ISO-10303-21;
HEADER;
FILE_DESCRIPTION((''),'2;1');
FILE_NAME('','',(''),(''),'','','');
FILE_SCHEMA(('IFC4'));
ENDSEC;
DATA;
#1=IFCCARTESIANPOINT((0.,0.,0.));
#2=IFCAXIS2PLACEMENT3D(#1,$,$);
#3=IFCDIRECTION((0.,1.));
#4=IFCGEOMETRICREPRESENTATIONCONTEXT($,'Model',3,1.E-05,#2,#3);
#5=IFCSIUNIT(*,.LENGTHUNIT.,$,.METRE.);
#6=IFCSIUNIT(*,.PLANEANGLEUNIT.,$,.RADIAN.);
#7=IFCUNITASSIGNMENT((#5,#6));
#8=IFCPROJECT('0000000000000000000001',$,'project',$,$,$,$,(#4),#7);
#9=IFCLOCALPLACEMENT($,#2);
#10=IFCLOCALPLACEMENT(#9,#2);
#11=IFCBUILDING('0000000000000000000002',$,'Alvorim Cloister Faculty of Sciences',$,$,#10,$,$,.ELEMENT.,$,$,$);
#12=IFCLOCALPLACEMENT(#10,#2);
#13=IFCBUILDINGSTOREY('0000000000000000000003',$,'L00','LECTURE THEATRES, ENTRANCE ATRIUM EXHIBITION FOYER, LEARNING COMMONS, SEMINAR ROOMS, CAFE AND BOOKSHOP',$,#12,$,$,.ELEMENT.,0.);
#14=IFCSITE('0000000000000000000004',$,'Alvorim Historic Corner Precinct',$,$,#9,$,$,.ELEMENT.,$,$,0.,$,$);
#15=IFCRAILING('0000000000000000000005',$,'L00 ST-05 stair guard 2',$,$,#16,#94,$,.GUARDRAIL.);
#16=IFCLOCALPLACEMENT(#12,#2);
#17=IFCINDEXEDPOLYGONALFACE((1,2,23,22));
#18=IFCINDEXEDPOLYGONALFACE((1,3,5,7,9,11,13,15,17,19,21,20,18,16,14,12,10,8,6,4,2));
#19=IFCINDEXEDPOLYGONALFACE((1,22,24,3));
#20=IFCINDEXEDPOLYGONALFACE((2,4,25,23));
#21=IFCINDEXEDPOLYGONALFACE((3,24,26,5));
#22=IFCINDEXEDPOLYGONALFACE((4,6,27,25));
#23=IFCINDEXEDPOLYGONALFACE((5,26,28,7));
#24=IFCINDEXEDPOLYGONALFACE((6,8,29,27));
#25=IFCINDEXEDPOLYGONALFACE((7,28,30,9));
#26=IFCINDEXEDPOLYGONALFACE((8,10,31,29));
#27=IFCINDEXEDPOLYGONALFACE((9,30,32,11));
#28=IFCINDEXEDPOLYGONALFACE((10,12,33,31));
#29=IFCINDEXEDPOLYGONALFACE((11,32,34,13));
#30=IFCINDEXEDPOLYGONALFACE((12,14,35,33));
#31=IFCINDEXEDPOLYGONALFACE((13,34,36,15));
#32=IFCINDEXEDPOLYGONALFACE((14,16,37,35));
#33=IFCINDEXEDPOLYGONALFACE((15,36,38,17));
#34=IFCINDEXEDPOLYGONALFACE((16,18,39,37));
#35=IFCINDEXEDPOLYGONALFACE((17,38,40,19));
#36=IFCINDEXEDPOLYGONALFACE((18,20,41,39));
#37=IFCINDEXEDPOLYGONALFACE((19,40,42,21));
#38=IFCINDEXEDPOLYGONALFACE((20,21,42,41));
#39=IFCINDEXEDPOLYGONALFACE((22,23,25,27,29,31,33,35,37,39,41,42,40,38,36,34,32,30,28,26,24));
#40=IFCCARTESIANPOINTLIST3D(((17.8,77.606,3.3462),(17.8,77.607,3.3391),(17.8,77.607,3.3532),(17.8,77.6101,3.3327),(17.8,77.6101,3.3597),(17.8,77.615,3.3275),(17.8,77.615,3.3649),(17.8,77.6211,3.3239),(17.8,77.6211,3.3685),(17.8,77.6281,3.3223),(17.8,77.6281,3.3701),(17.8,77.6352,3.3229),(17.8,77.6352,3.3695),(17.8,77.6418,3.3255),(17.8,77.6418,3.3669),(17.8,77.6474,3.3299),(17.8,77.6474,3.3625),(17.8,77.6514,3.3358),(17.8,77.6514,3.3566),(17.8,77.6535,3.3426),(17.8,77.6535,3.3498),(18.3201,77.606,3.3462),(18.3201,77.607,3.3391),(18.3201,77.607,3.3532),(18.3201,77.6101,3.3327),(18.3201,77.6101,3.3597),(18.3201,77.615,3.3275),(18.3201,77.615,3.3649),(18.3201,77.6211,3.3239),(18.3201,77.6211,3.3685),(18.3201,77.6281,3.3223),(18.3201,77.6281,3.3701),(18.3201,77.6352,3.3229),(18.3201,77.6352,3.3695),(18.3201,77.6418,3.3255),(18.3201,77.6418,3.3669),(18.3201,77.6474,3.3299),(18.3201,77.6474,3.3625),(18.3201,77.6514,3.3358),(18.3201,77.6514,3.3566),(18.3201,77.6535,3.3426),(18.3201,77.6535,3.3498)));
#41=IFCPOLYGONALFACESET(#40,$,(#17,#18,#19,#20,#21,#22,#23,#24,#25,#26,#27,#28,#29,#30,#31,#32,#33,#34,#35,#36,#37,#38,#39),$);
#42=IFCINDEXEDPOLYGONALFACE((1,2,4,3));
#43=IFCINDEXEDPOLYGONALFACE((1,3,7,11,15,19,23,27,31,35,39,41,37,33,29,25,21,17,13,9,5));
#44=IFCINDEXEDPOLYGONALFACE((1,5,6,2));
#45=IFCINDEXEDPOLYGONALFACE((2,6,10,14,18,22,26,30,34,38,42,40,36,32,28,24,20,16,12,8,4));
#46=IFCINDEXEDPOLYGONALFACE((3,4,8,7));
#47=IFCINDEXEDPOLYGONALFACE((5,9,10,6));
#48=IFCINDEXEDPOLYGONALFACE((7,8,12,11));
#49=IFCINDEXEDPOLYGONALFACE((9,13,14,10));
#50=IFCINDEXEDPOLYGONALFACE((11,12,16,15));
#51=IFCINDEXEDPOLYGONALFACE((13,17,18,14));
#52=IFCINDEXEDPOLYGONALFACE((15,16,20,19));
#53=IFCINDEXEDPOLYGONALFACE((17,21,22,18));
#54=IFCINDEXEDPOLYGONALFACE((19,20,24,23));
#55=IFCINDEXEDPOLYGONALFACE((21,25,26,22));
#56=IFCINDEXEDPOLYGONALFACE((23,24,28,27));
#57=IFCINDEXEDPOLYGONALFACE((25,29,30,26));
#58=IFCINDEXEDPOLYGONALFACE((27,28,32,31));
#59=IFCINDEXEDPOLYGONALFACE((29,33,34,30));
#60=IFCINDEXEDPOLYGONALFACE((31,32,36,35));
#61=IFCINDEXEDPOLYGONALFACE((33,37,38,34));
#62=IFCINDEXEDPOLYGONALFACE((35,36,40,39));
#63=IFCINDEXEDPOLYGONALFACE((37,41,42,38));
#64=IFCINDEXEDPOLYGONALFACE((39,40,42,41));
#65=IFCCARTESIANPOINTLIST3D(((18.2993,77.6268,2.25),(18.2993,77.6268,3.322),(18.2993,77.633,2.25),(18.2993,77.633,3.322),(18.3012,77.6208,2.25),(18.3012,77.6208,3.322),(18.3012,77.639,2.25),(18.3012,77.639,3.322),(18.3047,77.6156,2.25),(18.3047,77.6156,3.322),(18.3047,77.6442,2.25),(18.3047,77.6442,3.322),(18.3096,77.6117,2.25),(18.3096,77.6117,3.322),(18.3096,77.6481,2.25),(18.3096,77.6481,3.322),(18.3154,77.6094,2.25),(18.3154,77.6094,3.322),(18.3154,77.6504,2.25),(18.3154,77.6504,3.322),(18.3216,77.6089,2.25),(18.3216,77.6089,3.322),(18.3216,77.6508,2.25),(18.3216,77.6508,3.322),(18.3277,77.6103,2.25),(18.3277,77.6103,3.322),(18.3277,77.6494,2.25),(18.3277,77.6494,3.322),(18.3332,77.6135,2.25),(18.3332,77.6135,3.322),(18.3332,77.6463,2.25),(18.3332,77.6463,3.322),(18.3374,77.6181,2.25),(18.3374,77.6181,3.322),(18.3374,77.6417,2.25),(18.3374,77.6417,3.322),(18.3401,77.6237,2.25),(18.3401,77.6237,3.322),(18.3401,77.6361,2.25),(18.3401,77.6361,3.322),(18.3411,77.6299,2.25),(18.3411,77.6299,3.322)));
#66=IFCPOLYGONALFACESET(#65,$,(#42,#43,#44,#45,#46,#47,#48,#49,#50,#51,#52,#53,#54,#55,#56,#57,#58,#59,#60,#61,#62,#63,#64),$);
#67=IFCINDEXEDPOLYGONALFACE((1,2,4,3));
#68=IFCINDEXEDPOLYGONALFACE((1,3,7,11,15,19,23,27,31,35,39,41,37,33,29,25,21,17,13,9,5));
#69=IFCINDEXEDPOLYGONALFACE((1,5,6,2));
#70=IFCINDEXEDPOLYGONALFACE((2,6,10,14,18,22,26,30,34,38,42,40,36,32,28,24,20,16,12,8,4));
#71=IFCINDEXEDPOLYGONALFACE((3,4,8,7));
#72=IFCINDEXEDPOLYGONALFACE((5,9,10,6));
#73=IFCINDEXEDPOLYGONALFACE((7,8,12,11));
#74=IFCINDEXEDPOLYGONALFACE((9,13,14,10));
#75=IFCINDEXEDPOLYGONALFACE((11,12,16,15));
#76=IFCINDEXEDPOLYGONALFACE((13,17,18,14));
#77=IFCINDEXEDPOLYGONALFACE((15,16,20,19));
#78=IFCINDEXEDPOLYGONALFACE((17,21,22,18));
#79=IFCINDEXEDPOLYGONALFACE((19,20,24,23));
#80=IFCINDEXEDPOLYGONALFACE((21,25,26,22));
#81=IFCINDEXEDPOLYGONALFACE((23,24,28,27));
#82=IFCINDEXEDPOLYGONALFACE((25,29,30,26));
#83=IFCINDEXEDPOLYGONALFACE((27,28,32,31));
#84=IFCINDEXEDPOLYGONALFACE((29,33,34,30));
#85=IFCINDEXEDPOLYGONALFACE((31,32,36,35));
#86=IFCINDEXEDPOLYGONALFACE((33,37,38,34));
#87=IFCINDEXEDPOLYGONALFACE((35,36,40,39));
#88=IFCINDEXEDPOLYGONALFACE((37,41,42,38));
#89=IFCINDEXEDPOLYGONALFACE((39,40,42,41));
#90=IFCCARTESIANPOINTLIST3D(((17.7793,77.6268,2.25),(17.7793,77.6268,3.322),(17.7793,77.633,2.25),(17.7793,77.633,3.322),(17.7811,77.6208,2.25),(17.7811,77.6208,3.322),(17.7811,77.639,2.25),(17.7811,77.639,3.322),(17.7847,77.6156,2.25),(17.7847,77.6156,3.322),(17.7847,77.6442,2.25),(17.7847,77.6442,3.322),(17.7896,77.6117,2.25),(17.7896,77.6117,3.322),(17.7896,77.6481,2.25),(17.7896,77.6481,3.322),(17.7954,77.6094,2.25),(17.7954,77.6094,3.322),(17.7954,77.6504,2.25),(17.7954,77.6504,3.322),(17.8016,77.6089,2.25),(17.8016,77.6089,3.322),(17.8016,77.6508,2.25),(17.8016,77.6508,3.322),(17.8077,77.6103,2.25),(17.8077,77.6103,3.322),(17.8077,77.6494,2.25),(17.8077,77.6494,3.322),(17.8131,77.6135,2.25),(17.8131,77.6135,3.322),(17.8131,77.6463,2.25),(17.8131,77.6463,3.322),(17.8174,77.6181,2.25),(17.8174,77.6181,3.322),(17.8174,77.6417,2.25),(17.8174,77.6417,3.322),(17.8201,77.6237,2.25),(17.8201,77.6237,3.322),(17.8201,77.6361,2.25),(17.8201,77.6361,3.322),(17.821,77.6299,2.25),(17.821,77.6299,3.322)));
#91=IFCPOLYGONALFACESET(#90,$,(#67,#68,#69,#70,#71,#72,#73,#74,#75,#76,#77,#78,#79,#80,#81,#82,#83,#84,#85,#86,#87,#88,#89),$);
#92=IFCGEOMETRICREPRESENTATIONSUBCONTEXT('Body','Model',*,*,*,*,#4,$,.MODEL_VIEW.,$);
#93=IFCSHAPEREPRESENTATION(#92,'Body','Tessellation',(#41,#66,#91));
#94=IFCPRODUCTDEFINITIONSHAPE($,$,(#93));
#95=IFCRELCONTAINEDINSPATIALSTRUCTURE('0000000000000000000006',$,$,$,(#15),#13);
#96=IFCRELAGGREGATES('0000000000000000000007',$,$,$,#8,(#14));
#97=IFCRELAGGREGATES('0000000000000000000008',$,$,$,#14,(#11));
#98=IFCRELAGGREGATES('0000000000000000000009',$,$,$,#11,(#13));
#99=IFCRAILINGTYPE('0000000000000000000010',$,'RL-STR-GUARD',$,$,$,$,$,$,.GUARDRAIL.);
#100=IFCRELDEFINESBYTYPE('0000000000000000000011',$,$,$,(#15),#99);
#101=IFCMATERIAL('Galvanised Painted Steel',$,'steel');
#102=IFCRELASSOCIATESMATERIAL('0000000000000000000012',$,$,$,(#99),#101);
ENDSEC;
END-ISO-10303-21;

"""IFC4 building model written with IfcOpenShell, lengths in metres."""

from ifc_helpers import new_model, si_unit, direction, frame, origin, origin_2d, place, context, subcontext, project, spatial, circle, extrude, material, type_object, element, save


model = new_model("IFC4")

# Units and contexts
model_context = context("Model", 3, precision=1e-05, world=origin(), true_north=direction((0.0, 1.0)))
body_context = subcontext(model_context, "Body", "Model", "MODEL_VIEW")
ifc_project = project(units=[si_unit("LENGTHUNIT", "METRE"), si_unit("PLANEANGLEUNIT", "RADIAN")], contexts=[model_context])

# Site, building, storey
site_placement = place(None, origin())
site = spatial("IfcSite", under=ifc_project, at=site_placement, Name="Alvorim Historic Corner Precinct", CompositionType="ELEMENT", RefElevation=0.0)
building_placement = place(site_placement, origin())
building = spatial("IfcBuilding", under=site, at=building_placement, Name="Alvorim Cloister Faculty of Sciences", CompositionType="ELEMENT")
storey_placement = place(building_placement, origin())
storey = spatial("IfcBuildingStorey", under=building, at=storey_placement, Name="L00", Description="LECTURE THEATRES, ENTRANCE ATRIUM EXHIBITION FOYER, LEARNING COMMONS, SEMINAR ROOMS, CAFE AND BOOKSHOP", CompositionType="ELEMENT", Elevation=0.0)

# Railing
ifc_material_1 = material(Name="Galvanised Painted Steel", Category="steel")
railing_type_1 = type_object("IfcRailingType", Name="RL-STR-GUARD", PredefinedType="GUARDRAIL", material=ifc_material_1)
railing_1_placement = place(storey_placement, frame((18.3201, 77.6299, 2.25)))
element("IfcRailing", 1, at=railing_1_placement, inside=storey, type_object=railing_type_1, Name="L00 ST-05 stair guard 2", PredefinedType="GUARDRAIL", context=body_context, shape_type="SweptSolid", body=[
    extrude(circle(Radius=0.0239, at=origin_2d()), frame((0.0, 0.0, 1.0962), z_axis=(-1.0, 0.0, 0.0), x_axis=(0.0, -1.0, 0.0)), (0.0, 0.0, 1.0), 0.52),
    extrude(circle(Radius=0.021, at=origin_2d()), origin(), (0.0, 0.0, 1.0), 1.072),
    extrude(circle(Radius=0.021, at=origin_2d()), frame((-0.52, 0.0, 0.0)), (0.0, 0.0, 1.0), 1.072),
])

save(model, "model.ifc")
